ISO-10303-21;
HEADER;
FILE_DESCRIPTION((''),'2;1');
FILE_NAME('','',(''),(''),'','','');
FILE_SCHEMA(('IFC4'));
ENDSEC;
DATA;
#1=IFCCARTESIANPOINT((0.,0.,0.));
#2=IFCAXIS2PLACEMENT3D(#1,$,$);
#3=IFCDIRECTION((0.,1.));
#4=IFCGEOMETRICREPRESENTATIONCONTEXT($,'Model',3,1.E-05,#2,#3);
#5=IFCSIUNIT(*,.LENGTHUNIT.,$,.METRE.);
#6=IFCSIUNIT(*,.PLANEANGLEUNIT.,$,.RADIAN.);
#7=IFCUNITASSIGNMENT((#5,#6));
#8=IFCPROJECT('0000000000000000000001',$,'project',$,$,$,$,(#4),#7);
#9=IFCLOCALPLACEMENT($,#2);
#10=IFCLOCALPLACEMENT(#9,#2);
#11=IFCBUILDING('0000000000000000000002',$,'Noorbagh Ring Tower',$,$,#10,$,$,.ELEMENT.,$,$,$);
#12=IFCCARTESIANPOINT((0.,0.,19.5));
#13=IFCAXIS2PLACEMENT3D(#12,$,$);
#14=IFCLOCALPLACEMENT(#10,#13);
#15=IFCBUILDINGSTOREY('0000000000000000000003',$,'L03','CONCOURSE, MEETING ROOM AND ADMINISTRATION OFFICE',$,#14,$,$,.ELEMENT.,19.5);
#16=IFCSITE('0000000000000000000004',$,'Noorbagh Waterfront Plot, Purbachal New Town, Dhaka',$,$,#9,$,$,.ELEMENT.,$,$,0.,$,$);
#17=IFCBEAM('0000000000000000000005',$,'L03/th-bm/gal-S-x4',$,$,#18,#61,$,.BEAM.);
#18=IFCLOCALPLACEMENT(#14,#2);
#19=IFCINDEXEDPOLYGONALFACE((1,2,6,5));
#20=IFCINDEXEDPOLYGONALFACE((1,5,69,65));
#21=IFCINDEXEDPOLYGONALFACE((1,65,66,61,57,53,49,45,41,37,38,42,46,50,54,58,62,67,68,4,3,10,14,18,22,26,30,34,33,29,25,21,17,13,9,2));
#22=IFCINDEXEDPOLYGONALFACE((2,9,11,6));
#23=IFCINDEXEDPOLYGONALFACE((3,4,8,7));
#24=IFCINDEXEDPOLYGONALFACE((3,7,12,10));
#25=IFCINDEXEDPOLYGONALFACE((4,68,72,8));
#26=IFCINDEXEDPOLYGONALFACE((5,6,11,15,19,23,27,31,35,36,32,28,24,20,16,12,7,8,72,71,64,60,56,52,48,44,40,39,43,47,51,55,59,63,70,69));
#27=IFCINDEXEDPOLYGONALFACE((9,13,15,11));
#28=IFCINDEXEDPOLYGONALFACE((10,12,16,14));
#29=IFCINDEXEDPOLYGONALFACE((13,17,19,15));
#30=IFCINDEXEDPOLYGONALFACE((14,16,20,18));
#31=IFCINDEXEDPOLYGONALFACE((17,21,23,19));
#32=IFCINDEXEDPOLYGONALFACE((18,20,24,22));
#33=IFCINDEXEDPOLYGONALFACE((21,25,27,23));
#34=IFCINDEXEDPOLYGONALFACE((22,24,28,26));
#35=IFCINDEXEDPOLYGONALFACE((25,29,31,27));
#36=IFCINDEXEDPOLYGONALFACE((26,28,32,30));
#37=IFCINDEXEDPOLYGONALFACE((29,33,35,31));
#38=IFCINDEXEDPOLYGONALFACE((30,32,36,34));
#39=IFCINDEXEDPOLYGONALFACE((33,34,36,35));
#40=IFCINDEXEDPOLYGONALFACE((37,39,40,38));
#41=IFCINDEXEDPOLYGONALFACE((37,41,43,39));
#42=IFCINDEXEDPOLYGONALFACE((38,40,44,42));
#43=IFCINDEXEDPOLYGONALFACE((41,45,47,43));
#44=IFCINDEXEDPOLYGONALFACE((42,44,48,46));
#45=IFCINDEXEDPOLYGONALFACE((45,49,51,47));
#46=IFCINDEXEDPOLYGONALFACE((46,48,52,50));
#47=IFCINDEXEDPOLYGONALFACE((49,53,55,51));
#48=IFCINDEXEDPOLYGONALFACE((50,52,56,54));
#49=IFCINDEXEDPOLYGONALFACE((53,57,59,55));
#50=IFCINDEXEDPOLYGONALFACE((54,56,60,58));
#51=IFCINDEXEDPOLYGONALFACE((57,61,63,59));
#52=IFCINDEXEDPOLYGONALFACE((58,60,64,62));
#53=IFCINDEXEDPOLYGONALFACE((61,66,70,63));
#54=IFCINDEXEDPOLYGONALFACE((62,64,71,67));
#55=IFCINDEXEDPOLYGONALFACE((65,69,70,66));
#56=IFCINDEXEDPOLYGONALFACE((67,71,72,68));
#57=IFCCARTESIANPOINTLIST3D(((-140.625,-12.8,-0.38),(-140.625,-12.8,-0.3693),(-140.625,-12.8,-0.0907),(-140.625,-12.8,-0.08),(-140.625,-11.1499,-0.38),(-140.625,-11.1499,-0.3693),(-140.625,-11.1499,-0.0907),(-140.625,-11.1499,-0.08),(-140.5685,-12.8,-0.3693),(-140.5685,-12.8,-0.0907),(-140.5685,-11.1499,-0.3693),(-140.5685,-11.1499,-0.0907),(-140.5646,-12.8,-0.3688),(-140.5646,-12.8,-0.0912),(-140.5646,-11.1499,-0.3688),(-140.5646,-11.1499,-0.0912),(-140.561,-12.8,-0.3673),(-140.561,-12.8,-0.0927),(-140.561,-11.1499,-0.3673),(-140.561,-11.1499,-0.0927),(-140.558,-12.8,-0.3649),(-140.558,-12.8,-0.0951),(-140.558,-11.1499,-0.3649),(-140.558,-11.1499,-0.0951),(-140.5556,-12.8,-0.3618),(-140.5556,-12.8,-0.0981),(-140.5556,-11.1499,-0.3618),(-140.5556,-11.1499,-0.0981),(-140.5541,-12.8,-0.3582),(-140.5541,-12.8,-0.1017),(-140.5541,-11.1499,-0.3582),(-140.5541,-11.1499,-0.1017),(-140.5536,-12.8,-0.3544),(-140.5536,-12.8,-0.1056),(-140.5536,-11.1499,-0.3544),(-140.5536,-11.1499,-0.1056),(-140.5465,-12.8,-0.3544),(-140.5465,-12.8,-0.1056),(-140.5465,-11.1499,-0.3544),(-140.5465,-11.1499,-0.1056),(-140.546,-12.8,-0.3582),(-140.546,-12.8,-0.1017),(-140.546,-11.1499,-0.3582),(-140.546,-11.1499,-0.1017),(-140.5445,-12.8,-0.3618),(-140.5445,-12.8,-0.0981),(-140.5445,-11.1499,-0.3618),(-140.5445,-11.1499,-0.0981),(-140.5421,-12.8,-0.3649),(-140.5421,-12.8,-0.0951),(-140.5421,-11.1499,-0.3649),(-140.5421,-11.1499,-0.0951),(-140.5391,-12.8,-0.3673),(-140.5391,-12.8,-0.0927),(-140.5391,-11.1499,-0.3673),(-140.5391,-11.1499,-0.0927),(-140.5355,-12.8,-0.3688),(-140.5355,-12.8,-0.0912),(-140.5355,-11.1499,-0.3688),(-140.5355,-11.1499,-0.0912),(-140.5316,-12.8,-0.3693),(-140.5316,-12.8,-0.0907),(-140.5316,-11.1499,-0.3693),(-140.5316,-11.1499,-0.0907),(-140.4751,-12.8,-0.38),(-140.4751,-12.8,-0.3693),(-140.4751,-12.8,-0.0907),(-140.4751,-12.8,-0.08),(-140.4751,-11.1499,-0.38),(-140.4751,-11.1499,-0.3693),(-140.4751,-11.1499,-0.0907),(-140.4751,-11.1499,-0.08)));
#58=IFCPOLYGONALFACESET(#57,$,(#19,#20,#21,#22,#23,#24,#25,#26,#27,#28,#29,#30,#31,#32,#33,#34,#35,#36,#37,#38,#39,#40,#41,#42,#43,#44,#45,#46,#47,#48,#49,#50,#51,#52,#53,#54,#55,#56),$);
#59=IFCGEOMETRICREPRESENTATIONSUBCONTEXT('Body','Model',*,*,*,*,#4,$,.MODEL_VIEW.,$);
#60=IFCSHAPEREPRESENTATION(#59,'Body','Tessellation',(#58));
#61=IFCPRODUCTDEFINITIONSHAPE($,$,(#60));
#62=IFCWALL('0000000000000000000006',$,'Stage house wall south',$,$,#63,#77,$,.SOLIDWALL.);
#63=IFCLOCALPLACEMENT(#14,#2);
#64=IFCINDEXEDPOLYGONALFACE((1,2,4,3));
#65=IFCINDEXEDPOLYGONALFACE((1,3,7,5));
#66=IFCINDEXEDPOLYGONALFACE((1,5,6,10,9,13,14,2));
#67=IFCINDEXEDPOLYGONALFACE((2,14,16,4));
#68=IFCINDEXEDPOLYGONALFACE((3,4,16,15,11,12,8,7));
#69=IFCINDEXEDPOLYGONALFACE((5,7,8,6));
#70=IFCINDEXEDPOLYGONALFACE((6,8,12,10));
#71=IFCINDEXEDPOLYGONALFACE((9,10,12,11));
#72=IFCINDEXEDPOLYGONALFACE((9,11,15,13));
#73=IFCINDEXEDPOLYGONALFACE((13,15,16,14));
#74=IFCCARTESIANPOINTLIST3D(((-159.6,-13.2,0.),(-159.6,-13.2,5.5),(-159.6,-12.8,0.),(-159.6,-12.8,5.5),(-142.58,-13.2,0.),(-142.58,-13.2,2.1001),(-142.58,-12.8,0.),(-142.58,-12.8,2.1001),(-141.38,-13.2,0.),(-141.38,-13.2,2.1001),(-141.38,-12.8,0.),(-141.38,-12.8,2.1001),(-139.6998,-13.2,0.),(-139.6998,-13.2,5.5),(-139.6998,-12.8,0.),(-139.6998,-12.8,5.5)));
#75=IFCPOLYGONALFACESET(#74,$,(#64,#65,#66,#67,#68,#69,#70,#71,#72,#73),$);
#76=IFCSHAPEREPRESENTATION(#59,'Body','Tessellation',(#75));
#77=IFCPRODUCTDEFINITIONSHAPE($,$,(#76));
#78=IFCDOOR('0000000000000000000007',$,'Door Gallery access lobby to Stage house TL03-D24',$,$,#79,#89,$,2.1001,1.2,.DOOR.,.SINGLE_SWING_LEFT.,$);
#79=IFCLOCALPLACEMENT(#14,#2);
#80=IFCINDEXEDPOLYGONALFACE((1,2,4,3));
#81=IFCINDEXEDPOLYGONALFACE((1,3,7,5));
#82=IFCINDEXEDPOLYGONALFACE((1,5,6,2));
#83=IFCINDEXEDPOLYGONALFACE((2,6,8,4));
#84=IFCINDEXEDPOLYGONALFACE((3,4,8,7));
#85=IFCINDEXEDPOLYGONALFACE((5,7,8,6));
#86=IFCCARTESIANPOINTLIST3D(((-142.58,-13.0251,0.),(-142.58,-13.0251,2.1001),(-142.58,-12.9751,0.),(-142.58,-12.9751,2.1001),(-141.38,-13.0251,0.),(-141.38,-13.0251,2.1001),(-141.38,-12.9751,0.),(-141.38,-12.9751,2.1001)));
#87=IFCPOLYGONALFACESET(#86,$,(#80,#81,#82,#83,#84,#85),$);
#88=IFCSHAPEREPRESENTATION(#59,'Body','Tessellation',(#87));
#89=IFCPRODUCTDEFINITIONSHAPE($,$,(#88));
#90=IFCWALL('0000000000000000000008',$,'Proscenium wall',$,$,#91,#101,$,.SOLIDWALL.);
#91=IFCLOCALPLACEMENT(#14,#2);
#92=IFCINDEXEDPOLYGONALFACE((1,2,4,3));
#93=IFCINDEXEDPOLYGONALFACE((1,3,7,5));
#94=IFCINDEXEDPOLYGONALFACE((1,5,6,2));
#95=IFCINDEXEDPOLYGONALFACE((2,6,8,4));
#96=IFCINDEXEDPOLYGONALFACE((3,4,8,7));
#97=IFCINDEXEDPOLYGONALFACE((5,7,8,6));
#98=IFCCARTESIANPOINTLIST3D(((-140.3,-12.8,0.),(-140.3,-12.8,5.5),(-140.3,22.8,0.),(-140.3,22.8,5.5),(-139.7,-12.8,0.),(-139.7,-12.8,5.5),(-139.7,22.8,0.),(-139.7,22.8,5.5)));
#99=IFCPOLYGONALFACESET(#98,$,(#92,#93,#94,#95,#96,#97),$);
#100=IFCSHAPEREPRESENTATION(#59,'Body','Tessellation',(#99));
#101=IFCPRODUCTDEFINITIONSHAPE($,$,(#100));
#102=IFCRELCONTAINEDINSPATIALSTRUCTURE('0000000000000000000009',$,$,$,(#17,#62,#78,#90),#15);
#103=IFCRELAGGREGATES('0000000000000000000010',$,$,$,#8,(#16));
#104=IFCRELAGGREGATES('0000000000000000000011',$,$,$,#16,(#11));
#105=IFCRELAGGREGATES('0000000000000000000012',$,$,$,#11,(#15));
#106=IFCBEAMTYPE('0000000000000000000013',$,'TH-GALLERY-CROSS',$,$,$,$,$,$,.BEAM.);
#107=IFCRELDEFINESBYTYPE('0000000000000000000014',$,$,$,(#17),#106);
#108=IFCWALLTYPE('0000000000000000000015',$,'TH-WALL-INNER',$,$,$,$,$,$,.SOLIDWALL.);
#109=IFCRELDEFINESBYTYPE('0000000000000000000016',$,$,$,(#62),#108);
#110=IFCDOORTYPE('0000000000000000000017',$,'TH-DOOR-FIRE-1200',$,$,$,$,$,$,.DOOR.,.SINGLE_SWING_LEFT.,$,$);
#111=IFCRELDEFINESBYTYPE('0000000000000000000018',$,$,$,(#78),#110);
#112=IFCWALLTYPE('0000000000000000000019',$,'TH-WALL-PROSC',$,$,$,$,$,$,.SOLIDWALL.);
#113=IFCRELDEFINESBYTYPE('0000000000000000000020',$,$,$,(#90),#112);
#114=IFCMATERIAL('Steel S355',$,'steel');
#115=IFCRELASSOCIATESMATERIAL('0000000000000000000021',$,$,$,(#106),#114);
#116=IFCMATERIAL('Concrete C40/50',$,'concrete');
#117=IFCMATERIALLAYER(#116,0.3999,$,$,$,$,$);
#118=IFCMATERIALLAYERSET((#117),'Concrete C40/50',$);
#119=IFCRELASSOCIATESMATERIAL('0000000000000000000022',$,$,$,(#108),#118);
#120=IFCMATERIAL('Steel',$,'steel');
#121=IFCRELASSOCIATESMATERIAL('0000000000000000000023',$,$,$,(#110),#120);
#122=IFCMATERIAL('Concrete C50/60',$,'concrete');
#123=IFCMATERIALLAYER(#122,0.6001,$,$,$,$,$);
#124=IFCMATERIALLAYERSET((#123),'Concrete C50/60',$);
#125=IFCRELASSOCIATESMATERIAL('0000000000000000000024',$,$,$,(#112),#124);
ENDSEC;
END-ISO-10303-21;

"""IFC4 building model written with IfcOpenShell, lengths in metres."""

from ifc_helpers import new_model, si_unit, direction, frame, frame_2d, origin, origin_2d, place, context, subcontext, project, spatial, rectangle, i_section, extrude, material, layer, layer_set, material_profile, profile_set, type_object, element, fill, save


model = new_model("IFC4")

# Units and contexts
model_context = context("Model", 3, precision=1e-05, world=origin(), true_north=direction((0.0, 1.0)))
body_context = subcontext(model_context, "Body", "Model", "MODEL_VIEW")
ifc_project = project(units=[si_unit("LENGTHUNIT", "METRE"), si_unit("PLANEANGLEUNIT", "RADIAN")], contexts=[model_context])

# Site, building, storey
site_placement = place(None, origin())
site = spatial("IfcSite", under=ifc_project, at=site_placement, Name="Noorbagh Waterfront Plot, Purbachal New Town, Dhaka", CompositionType="ELEMENT", RefElevation=0.0)
building_placement = place(site_placement, origin())
building = spatial("IfcBuilding", under=site, at=building_placement, Name="Noorbagh Ring Tower", CompositionType="ELEMENT")
storey_placement = place(building_placement, frame((0.0, 0.0, 19.5)))
storey = spatial("IfcBuildingStorey", under=building, at=storey_placement, Name="L03", Description="CONCOURSE, MEETING ROOM AND ADMINISTRATION OFFICE", CompositionType="ELEMENT", Elevation=19.5)

# Beam
ifc_material_1 = material(Name="Steel S355", Category="steel")
ifc_material_profile_1 = material_profile(ifc_material_1, i_section(OverallWidth=0.1499, OverallDepth=0.3, WebThickness=0.0071, FlangeThickness=0.0107, FilletRadius=0.0149, at=origin_2d()), Name="IPE300")
ifc_profile_set_1 = profile_set([ifc_material_profile_1], Name="Steel S355")
beam_type_1 = type_object("IfcBeamType", Name="TH-GALLERY-CROSS", PredefinedType="BEAM", material=ifc_profile_set_1)
for number, where, z_axis, x_axis, name in (
    (1, (-140.55, -12.8, -0.23), (0.0, 1.0, 0.0), (-1.0, 0.0, 0.0), "L03/th-bm/gal-S-x4"),
):
    element("IfcBeam", number, at=place(storey_placement, frame(where, z_axis=z_axis, x_axis=x_axis)), inside=storey, type_object=beam_type_1, Name=name, PredefinedType="BEAM", context=body_context, shape_type="SweptSolid", body=[
        extrude(i_section(OverallWidth=0.1499, OverallDepth=0.3, WebThickness=0.0071, FlangeThickness=0.0107, FilletRadius=0.0149, at=origin_2d()), origin(), (0.0, 0.0, 1.0), 1.6501),
    ])

# Wall, opening, door
ifc_material_2 = material(Name="Concrete C40/50", Category="concrete")
ifc_layer_1 = layer(ifc_material_2, 0.3999)
ifc_layer_set_1 = layer_set([ifc_layer_1], Name="Concrete C40/50")
wall_type_1 = type_object("IfcWallType", Name="TH-WALL-INNER", PredefinedType="SOLIDWALL", material=ifc_layer_set_1)
wall_1_placement = place(storey_placement, frame((-159.6001, -13.0, 0.0), z_axis=(0.0, 0.0, 1.0), x_axis=(1.0, 0.0, 0.0)))
wall_1 = element("IfcWall", 2, at=wall_1_placement, inside=storey, type_object=wall_type_1, Name="Stage house wall south", PredefinedType="SOLIDWALL", context=body_context, shape_type="SweptSolid", body=[
    extrude(rectangle(XDim=19.9001, YDim=0.3999, at=frame_2d((9.9502, 0.0))), origin(), (0.0, 0.0, 1.0), 5.5),
])
opening_placement = place(wall_1_placement, frame((17.02, 0.0, 0.0)))
opening = element("IfcOpeningElement", 3, at=opening_placement, cuts=wall_1, PredefinedType="OPENING", context=body_context, shape_type="SweptSolid", body=[
    extrude(rectangle(XDim=1.2, YDim=2.1001, at=frame_2d((0.6001, 1.05))), frame((0.0, 0.21, 0.0), z_axis=(0.0, -1.0, 0.0), x_axis=(1.0, 0.0, 0.0)), (0.0, 0.0, 1.0), 0.4199),
])
ifc_material_3 = material(Name="Steel", Category="steel")
door_type = type_object("IfcDoorType", Name="TH-DOOR-FIRE-1200", OperationType="SINGLE_SWING_LEFT", PredefinedType="DOOR", material=ifc_material_3)
door_placement = place(opening_placement, origin())
door = element("IfcDoor", 4, at=door_placement, inside=storey, type_object=door_type, Name="Door Gallery access lobby to Stage house TL03-D24", OperationType="SINGLE_SWING_LEFT", OverallHeight=2.1001, OverallWidth=1.2, PredefinedType="DOOR", context=body_context, shape_type="SweptSolid", body=[
    extrude(rectangle(XDim=1.2, YDim=2.1001, at=frame_2d((0.6001, 1.05))), frame((0.0, 0.0249, 0.0), z_axis=(0.0, -1.0, 0.0), x_axis=(1.0, 0.0, 0.0)), (0.0, 0.0, 1.0), 0.05),
])
fill(opening, door)

# Wall
ifc_material_4 = material(Name="Concrete C50/60", Category="concrete")
ifc_layer_2 = layer(ifc_material_4, 0.6001)
ifc_layer_set_2 = layer_set([ifc_layer_2], Name="Concrete C50/60")
wall_type_2 = type_object("IfcWallType", Name="TH-WALL-PROSC", PredefinedType="SOLIDWALL", material=ifc_layer_set_2)
wall_2_placement = place(storey_placement, frame((-140.0, -12.8, 0.0), z_axis=(0.0, 0.0, 1.0), x_axis=(0.0, 1.0, 0.0)))
element("IfcWall", 5, at=wall_2_placement, inside=storey, type_object=wall_type_2, Name="Proscenium wall", PredefinedType="SOLIDWALL", context=body_context, shape_type="SweptSolid", body=[
    extrude(rectangle(XDim=35.6001, YDim=0.6001, at=frame_2d((17.8, 0.0))), origin(), (0.0, 0.0, 1.0), 5.5),
])

save(model, "model.ifc")
